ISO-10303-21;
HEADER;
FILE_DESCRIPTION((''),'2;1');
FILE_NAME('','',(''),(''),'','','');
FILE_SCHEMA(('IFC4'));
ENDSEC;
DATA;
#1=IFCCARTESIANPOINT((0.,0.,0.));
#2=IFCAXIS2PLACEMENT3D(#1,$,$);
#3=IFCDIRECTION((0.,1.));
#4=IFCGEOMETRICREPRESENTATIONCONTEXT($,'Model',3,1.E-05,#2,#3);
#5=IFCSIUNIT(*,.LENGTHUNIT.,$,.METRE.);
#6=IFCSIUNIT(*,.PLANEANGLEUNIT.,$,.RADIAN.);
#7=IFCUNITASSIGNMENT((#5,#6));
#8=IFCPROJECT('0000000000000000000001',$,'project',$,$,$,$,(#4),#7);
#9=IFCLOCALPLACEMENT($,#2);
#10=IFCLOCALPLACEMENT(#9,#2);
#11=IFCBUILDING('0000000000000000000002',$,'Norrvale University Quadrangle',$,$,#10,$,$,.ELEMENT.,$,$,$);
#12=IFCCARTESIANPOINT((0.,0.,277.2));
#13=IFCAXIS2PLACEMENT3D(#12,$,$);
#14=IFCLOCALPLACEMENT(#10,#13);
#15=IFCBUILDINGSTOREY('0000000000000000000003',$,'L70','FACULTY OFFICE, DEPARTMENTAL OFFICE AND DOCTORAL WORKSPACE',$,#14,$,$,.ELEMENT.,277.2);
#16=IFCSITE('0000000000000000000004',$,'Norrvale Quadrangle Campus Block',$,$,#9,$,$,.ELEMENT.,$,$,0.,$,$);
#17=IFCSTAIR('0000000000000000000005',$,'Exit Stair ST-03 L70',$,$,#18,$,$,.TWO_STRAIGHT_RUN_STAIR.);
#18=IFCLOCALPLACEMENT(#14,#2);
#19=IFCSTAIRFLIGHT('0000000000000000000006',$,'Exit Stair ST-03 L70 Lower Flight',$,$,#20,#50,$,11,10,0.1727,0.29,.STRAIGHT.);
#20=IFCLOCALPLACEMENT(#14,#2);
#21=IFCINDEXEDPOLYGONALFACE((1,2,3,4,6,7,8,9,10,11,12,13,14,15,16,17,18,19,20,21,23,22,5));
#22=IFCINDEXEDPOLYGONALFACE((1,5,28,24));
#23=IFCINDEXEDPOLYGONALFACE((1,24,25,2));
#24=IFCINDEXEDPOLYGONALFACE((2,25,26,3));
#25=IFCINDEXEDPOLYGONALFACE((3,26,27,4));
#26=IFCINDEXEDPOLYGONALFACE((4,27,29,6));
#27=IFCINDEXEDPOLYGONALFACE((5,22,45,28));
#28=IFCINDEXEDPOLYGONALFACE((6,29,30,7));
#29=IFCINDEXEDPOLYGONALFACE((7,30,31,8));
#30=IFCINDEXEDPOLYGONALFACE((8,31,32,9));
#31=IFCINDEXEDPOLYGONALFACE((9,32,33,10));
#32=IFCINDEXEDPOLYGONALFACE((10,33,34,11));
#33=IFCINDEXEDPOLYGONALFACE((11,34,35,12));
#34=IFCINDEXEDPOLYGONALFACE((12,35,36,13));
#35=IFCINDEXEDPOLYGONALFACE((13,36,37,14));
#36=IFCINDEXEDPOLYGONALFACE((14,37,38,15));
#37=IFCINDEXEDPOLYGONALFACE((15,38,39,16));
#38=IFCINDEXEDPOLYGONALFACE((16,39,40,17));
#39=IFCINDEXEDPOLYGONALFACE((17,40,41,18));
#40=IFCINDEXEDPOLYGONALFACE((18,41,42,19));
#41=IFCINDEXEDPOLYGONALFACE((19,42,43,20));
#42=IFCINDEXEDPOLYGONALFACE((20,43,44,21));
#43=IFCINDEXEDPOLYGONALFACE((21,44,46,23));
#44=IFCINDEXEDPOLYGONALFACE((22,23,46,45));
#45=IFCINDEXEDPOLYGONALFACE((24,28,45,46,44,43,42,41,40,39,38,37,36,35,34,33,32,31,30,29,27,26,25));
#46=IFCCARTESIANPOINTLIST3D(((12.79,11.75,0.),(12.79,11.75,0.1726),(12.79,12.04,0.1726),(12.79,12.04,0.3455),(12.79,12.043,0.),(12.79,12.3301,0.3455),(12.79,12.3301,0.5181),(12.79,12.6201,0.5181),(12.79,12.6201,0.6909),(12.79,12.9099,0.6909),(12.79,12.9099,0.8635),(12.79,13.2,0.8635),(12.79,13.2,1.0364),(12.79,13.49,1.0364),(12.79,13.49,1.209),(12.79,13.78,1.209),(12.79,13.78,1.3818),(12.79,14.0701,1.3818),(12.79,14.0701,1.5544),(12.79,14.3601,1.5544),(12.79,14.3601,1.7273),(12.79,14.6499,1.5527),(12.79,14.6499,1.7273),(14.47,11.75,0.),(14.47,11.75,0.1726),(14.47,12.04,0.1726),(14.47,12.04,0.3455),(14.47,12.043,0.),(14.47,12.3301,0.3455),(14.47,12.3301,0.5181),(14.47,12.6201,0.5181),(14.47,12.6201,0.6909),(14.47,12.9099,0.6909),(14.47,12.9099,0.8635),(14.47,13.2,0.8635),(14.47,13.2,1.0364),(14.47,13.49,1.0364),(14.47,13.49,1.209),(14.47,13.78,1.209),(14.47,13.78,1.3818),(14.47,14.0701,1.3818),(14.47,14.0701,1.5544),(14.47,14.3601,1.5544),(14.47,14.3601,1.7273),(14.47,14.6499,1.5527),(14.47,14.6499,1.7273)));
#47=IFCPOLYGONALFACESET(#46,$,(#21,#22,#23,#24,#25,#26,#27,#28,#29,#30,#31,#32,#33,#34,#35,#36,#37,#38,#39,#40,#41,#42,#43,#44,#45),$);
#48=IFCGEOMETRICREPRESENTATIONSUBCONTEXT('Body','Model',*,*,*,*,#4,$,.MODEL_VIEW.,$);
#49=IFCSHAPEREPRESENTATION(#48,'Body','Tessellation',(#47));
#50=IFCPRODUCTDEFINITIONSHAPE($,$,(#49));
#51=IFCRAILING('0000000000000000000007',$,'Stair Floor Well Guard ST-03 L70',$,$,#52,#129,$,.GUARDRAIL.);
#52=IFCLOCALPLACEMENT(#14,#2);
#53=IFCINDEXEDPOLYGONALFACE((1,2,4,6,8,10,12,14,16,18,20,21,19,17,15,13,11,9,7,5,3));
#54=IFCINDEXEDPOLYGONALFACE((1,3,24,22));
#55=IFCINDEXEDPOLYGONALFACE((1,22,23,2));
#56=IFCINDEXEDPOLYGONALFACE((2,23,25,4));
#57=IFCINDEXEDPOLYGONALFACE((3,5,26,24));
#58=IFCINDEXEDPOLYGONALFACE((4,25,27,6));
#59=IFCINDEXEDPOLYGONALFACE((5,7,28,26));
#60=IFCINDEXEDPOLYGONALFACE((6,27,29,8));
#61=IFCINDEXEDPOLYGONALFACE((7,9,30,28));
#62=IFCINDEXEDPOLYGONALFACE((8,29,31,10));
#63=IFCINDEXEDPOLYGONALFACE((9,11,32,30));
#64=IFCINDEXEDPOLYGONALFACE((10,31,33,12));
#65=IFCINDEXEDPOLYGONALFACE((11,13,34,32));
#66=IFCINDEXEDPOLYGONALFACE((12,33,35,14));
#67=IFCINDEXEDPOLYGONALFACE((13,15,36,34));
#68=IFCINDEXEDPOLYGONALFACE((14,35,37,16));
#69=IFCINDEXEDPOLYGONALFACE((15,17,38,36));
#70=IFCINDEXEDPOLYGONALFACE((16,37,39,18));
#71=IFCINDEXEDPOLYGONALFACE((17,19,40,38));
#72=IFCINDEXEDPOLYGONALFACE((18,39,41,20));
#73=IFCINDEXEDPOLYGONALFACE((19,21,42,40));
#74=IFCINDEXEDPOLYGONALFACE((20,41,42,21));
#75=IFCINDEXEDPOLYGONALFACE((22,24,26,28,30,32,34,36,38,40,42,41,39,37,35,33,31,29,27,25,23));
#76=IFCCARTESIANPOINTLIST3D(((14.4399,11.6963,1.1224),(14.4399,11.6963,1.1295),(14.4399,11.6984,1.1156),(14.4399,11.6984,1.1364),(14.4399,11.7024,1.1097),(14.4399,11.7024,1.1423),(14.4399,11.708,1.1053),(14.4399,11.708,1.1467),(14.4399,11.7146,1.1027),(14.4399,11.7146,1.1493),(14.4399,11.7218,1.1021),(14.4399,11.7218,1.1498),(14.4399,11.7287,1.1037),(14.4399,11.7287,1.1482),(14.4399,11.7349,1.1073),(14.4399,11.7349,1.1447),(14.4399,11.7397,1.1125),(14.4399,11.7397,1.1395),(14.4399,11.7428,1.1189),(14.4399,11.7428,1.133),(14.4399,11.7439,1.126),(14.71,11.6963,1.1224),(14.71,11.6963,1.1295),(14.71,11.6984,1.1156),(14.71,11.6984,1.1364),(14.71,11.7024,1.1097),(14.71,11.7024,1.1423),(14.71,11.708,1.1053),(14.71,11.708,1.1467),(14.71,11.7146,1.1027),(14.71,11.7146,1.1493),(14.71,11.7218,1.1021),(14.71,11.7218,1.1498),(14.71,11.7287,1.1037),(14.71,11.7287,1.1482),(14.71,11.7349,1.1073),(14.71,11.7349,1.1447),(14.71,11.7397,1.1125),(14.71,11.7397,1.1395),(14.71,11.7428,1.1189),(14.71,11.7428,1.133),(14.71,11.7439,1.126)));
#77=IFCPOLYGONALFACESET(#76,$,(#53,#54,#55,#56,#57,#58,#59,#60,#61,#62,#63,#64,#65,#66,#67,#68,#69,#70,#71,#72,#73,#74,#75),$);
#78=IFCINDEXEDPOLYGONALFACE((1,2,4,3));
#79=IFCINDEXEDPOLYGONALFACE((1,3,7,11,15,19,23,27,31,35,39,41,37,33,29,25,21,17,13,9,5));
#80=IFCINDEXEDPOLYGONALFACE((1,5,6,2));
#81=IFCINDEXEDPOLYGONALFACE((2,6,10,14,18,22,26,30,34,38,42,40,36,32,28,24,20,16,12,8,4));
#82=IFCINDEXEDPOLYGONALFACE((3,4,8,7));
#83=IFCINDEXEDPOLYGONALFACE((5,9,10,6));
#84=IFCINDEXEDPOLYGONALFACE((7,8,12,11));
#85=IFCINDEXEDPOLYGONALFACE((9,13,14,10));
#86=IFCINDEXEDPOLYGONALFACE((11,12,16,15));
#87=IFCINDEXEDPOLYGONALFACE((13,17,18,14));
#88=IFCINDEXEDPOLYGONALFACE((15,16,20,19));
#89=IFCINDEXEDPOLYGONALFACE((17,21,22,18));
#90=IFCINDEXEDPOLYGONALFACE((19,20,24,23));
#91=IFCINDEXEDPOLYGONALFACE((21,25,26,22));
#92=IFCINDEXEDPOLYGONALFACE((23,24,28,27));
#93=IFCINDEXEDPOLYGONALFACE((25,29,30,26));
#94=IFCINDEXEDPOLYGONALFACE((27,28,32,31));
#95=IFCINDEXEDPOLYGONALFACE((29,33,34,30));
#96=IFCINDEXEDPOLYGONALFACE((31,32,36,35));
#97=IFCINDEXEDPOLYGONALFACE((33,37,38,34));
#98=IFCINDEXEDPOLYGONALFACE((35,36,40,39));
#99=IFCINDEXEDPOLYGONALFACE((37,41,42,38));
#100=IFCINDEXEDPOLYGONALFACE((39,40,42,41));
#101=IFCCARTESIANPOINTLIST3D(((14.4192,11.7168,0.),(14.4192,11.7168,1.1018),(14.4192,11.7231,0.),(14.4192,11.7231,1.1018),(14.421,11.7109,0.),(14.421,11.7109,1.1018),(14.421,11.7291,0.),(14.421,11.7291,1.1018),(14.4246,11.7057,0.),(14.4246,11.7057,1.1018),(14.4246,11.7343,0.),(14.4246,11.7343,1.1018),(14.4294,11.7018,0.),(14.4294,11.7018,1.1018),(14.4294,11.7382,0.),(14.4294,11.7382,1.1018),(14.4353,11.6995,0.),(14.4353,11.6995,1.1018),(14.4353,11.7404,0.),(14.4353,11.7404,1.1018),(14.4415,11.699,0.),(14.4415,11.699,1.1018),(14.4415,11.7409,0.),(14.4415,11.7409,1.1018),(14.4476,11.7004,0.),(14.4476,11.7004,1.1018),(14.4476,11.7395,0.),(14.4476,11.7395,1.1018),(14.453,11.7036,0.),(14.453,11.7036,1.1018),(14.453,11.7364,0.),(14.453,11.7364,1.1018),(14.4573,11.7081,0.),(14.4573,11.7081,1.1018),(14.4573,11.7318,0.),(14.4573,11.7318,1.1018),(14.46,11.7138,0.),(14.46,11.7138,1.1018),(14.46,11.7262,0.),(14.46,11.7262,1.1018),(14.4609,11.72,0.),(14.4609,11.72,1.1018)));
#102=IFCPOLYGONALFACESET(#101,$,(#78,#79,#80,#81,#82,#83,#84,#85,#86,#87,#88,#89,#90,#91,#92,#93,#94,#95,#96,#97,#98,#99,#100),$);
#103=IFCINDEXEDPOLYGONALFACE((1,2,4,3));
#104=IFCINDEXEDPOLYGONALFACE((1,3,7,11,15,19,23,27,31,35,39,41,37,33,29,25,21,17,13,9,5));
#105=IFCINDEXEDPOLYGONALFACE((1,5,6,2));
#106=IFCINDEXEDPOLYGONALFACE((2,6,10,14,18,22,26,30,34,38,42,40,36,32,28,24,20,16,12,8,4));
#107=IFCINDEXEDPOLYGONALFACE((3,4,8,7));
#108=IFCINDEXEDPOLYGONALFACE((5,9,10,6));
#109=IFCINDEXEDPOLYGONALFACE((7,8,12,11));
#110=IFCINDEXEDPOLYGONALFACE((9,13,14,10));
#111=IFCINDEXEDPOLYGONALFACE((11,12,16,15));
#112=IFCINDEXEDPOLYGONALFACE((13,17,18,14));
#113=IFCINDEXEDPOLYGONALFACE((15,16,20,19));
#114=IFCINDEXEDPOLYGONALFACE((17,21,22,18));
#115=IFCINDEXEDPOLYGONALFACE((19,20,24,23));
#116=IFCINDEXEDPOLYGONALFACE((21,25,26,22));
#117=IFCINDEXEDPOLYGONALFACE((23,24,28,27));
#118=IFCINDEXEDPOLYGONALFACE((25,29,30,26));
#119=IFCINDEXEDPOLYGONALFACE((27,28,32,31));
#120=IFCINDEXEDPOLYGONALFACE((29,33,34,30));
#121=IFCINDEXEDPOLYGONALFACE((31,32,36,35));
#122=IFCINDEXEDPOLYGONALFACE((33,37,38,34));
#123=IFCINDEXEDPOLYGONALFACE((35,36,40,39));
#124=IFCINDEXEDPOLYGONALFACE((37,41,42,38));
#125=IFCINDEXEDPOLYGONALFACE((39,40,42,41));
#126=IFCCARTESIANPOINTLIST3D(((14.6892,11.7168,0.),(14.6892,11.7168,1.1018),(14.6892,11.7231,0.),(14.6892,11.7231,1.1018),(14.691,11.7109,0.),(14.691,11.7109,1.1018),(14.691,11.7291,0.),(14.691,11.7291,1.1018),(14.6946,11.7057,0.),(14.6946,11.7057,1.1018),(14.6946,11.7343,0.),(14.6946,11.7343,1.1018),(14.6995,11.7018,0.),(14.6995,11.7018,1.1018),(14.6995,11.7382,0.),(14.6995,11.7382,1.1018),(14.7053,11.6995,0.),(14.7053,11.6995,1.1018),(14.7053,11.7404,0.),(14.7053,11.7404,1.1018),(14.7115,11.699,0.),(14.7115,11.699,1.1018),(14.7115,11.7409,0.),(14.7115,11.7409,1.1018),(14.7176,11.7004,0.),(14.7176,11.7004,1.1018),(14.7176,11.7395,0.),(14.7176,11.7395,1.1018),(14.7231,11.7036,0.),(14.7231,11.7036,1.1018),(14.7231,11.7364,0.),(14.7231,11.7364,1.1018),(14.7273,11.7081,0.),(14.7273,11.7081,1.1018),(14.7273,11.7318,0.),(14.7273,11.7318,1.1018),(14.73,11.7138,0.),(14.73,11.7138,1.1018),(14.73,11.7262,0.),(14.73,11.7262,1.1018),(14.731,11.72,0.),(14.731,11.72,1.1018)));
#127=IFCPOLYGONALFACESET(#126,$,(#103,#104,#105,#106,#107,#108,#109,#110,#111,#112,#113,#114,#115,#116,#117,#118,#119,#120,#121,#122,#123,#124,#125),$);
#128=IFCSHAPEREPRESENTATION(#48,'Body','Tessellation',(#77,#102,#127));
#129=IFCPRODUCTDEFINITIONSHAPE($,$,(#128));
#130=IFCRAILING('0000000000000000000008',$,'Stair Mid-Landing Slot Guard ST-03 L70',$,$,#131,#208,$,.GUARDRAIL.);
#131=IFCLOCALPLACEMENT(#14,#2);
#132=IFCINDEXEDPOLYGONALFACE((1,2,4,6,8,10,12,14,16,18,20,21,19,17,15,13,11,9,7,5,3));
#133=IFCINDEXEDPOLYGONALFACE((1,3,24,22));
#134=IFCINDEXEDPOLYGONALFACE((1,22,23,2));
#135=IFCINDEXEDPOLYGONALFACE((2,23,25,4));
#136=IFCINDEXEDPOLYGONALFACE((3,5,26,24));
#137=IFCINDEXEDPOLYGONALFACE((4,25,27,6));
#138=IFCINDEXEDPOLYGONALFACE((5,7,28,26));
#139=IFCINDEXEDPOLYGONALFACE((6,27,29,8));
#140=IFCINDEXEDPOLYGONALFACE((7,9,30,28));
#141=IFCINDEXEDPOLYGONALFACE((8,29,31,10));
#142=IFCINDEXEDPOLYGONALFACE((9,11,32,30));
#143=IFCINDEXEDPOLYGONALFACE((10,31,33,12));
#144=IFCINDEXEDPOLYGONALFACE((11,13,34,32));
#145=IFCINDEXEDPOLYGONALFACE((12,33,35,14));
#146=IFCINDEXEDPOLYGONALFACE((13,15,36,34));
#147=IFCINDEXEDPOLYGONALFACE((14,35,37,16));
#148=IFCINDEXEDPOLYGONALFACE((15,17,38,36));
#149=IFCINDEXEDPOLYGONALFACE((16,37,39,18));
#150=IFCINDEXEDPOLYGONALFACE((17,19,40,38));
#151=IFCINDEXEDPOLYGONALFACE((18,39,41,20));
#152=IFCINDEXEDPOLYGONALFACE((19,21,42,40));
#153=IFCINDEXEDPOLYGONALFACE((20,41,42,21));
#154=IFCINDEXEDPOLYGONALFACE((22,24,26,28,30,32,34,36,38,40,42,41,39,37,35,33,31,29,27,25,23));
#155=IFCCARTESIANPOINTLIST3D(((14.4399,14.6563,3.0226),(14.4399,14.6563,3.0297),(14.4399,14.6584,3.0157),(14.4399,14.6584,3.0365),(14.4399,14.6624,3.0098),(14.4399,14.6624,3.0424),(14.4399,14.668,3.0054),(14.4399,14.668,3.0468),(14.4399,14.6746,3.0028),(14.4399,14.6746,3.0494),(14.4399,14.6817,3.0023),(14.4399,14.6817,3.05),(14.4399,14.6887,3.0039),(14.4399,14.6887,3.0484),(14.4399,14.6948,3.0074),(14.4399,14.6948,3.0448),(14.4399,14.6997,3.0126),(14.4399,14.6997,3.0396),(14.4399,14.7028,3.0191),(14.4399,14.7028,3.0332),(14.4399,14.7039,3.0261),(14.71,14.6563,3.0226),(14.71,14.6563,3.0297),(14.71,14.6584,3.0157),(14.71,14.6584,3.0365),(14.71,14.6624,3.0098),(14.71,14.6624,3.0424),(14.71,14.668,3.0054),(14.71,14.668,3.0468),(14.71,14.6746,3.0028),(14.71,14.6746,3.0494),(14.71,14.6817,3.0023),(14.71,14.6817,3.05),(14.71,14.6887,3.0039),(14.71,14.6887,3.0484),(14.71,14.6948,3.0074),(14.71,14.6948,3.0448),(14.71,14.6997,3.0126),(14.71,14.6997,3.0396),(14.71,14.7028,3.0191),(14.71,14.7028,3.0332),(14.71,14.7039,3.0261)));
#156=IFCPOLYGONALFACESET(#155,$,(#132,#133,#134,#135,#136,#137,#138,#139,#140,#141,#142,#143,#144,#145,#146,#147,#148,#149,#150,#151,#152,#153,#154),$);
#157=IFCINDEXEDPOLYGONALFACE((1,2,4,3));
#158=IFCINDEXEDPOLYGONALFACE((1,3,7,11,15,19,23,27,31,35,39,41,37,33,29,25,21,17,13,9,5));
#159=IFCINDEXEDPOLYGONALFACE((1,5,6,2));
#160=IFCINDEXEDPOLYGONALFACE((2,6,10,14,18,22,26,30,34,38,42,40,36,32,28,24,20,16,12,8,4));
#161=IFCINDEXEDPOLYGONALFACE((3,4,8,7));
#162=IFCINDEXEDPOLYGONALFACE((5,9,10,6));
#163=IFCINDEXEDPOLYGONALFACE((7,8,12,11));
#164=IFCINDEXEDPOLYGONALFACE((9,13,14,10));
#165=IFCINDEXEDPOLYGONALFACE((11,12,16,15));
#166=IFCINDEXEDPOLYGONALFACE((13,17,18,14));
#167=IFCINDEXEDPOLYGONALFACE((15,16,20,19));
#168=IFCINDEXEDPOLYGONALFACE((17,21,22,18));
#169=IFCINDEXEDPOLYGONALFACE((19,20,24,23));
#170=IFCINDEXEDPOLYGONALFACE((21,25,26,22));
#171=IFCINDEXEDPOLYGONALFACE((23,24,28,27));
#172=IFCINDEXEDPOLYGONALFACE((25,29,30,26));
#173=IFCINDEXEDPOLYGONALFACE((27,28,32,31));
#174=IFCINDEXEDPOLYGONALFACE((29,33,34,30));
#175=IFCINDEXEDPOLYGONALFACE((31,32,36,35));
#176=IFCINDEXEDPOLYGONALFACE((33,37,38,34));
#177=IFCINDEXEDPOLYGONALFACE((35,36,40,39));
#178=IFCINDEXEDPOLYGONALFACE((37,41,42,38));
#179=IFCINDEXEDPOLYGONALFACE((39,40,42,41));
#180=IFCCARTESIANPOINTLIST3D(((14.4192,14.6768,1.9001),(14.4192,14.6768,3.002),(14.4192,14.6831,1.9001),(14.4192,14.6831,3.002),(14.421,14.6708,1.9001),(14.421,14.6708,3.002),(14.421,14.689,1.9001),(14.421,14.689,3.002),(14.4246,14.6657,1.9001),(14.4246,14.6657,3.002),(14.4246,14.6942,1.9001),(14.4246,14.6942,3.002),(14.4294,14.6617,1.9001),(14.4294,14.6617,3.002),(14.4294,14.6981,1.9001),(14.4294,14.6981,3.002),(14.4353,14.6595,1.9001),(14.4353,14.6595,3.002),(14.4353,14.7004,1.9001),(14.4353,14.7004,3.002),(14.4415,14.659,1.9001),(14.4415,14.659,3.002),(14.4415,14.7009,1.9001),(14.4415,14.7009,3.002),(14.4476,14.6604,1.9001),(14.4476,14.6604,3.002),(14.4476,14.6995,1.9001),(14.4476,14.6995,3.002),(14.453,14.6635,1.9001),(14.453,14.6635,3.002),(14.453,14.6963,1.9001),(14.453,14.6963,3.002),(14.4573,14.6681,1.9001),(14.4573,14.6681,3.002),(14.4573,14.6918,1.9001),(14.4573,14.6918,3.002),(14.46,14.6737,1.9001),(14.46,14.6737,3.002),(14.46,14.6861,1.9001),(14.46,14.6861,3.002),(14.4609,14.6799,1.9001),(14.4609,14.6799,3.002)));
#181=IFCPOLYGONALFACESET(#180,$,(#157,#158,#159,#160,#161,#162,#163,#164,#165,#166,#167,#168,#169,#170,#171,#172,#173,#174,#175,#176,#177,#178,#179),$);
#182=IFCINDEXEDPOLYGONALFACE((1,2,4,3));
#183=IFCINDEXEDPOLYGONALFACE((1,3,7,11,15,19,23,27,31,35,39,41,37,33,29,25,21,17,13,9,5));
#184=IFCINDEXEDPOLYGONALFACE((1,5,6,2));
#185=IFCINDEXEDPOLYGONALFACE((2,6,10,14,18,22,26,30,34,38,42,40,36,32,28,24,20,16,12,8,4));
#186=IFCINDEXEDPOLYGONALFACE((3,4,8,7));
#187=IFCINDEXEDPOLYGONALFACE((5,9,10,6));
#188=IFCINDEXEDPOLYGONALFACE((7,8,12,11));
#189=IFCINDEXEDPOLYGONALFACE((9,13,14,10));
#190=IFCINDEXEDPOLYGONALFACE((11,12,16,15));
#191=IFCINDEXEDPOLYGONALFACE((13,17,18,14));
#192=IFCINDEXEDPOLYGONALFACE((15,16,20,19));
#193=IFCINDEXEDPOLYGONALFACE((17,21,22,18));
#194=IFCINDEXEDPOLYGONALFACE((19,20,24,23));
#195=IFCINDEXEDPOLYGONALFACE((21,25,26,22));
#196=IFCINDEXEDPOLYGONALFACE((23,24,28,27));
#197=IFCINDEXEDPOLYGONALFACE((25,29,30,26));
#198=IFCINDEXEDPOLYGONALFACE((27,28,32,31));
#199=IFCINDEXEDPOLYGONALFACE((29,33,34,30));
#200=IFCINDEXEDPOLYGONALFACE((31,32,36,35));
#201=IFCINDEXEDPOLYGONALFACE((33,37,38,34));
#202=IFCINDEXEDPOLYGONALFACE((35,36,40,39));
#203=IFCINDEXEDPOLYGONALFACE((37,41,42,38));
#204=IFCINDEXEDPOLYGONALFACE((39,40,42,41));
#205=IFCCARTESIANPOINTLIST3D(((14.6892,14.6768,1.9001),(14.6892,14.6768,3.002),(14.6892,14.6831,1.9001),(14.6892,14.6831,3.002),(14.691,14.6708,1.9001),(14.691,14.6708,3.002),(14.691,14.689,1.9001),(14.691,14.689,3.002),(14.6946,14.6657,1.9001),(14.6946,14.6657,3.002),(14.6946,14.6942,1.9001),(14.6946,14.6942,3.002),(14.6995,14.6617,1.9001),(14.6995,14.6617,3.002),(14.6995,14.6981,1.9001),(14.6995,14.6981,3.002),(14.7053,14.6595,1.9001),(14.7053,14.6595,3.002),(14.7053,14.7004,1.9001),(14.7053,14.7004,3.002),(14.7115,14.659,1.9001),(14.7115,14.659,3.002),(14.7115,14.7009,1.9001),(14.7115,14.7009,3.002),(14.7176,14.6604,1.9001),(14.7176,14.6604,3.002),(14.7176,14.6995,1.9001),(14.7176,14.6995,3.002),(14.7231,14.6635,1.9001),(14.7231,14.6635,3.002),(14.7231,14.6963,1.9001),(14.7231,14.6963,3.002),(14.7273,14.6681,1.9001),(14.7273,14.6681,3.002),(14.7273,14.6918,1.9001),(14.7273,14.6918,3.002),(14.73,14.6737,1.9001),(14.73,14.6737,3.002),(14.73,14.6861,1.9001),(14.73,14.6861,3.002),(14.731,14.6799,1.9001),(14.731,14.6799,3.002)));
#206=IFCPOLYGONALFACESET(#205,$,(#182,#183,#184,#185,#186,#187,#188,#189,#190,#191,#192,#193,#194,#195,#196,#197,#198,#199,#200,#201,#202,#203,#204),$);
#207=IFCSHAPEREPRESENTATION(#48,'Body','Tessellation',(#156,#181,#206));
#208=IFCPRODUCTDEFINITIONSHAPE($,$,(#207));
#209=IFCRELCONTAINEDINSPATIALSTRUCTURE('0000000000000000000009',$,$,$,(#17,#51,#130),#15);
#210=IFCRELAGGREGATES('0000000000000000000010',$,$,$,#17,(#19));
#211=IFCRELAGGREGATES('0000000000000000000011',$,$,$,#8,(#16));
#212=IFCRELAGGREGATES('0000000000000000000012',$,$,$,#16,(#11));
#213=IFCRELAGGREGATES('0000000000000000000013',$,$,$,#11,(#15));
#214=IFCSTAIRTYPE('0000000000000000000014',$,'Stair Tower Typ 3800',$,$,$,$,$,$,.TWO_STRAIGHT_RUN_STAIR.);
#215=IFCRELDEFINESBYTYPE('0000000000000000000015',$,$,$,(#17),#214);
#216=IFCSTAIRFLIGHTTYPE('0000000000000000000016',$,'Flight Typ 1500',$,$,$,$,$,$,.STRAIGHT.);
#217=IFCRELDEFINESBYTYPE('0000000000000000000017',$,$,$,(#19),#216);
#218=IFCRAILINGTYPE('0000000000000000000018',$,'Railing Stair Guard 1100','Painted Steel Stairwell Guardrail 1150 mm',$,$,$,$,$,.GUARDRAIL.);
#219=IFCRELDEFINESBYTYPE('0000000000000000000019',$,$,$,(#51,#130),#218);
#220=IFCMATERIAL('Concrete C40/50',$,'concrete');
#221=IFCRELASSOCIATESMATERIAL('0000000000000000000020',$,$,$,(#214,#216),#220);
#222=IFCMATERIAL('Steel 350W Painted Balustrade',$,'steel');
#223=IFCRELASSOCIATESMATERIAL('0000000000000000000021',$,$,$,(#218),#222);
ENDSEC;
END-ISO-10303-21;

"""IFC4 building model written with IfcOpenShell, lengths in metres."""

from ifc_helpers import new_model, si_unit, direction, frame, origin, origin_2d, place, context, subcontext, project, spatial, polyline, circle, outline, extrude, material, type_object, element, aggregate, save


model = new_model("IFC4")

# Units and contexts
model_context = context("Model", 3, precision=1e-05, world=origin(), true_north=direction((0.0, 1.0)))
body_context = subcontext(model_context, "Body", "Model", "MODEL_VIEW")
ifc_project = project(units=[si_unit("LENGTHUNIT", "METRE"), si_unit("PLANEANGLEUNIT", "RADIAN")], contexts=[model_context])

# Site, building, storey
site_placement = place(None, origin())
site = spatial("IfcSite", under=ifc_project, at=site_placement, Name="Norrvale Quadrangle Campus Block", CompositionType="ELEMENT", RefElevation=0.0)
building_placement = place(site_placement, origin())
building = spatial("IfcBuilding", under=site, at=building_placement, Name="Norrvale University Quadrangle", CompositionType="ELEMENT")
storey_placement = place(building_placement, frame((0.0, 0.0, 277.2)))
storey = spatial("IfcBuildingStorey", under=building, at=storey_placement, Name="L70", Description="FACULTY OFFICE, DEPARTMENTAL OFFICE AND DOCTORAL WORKSPACE", CompositionType="ELEMENT", Elevation=277.2)

# Stair, stair flight
ifc_material_1 = material(Name="Concrete C40/50", Category="concrete")
stair_type = type_object("IfcStairType", Name="Stair Tower Typ 3800", PredefinedType="TWO_STRAIGHT_RUN_STAIR", material=ifc_material_1)
stair_placement = place(storey_placement, origin())
stair = element("IfcStair", 1, at=stair_placement, inside=storey, type_object=stair_type, Name="Exit Stair ST-03 L70", PredefinedType="TWO_STRAIGHT_RUN_STAIR")
stair_flight_type = type_object("IfcStairFlightType", Name="Flight Typ 1500", PredefinedType="STRAIGHT", material=ifc_material_1)
stair_flight_placement = place(storey_placement, frame((13.6299, 11.75, 0.0), z_axis=(0.0, 0.0, 1.0), x_axis=(0.0, 1.0, 0.0)))
stair_flight = element("IfcStairFlight", 2, at=stair_flight_placement, type_object=stair_flight_type, Name="Exit Stair ST-03 L70 Lower Flight", NumberOfRisers=11, NumberOfTreads=10, PredefinedType="STRAIGHT", RiserHeight=0.1727, TreadLength=0.29, context=body_context, shape_type="SweptSolid", body=[
    extrude(outline(polyline([(0.0, 0.0), (0.0, 0.1726), (0.29, 0.1726), (0.29, 0.3455), (0.5801, 0.3455), (0.5801, 0.5181), (0.8701, 0.5181), (0.8701, 0.6909), (1.1599, 0.6909), (1.1599, 0.8635), (1.45, 0.8635), (1.45, 1.0364), (1.74, 1.0364), (1.74, 1.209), (2.03, 1.209), (2.03, 1.3818), (2.3201, 1.3818), (2.3201, 1.5544), (2.6101, 1.5544), (2.6101, 1.7273), (2.8999, 1.7273), (2.8999, 1.8999), (2.8999, 1.5527), (0.293, 0.0), (0.0, 0.0)])), frame((0.0, 0.8398, 0.0), z_axis=(0.0, -1.0, 0.0), x_axis=(1.0, 0.0, 0.0)), (0.0, 0.0, 1.0), 1.6799),
])
aggregate(stair, [stair_flight])

# Railings
ifc_material_2 = material(Name="Steel 350W Painted Balustrade", Category="steel")
railing_type_1 = type_object("IfcRailingType", Name="Railing Stair Guard 1100", Description="Painted Steel Stairwell Guardrail 1150 mm", PredefinedType="GUARDRAIL", material=ifc_material_2)
for number, where, name in (
    (3, (14.4399, 11.72, 0.0), "Stair Floor Well Guard ST-03 L70"),
    (4, (14.4399, 14.6799, 1.9001), "Stair Mid-Landing Slot Guard ST-03 L70"),
):
    element("IfcRailing", number, at=place(storey_placement, frame(where)), inside=storey, type_object=railing_type_1, Name=name, PredefinedType="GUARDRAIL", context=body_context, shape_type="SweptSolid", body=[
        extrude(circle(Radius=0.0239, at=origin_2d()), frame((0.0, 0.0, 1.126), z_axis=(1.0, 0.0, 0.0), x_axis=(0.0, 1.0, 0.0)), (0.0, 0.0, 1.0), 0.27),
        extrude(circle(Radius=0.021, at=origin_2d()), origin(), (0.0, 0.0, 1.0), 1.1018),
        extrude(circle(Radius=0.021, at=origin_2d()), frame((0.27, 0.0, 0.0)), (0.0, 0.0, 1.0), 1.1018),
    ])

save(model, "model.ifc")
